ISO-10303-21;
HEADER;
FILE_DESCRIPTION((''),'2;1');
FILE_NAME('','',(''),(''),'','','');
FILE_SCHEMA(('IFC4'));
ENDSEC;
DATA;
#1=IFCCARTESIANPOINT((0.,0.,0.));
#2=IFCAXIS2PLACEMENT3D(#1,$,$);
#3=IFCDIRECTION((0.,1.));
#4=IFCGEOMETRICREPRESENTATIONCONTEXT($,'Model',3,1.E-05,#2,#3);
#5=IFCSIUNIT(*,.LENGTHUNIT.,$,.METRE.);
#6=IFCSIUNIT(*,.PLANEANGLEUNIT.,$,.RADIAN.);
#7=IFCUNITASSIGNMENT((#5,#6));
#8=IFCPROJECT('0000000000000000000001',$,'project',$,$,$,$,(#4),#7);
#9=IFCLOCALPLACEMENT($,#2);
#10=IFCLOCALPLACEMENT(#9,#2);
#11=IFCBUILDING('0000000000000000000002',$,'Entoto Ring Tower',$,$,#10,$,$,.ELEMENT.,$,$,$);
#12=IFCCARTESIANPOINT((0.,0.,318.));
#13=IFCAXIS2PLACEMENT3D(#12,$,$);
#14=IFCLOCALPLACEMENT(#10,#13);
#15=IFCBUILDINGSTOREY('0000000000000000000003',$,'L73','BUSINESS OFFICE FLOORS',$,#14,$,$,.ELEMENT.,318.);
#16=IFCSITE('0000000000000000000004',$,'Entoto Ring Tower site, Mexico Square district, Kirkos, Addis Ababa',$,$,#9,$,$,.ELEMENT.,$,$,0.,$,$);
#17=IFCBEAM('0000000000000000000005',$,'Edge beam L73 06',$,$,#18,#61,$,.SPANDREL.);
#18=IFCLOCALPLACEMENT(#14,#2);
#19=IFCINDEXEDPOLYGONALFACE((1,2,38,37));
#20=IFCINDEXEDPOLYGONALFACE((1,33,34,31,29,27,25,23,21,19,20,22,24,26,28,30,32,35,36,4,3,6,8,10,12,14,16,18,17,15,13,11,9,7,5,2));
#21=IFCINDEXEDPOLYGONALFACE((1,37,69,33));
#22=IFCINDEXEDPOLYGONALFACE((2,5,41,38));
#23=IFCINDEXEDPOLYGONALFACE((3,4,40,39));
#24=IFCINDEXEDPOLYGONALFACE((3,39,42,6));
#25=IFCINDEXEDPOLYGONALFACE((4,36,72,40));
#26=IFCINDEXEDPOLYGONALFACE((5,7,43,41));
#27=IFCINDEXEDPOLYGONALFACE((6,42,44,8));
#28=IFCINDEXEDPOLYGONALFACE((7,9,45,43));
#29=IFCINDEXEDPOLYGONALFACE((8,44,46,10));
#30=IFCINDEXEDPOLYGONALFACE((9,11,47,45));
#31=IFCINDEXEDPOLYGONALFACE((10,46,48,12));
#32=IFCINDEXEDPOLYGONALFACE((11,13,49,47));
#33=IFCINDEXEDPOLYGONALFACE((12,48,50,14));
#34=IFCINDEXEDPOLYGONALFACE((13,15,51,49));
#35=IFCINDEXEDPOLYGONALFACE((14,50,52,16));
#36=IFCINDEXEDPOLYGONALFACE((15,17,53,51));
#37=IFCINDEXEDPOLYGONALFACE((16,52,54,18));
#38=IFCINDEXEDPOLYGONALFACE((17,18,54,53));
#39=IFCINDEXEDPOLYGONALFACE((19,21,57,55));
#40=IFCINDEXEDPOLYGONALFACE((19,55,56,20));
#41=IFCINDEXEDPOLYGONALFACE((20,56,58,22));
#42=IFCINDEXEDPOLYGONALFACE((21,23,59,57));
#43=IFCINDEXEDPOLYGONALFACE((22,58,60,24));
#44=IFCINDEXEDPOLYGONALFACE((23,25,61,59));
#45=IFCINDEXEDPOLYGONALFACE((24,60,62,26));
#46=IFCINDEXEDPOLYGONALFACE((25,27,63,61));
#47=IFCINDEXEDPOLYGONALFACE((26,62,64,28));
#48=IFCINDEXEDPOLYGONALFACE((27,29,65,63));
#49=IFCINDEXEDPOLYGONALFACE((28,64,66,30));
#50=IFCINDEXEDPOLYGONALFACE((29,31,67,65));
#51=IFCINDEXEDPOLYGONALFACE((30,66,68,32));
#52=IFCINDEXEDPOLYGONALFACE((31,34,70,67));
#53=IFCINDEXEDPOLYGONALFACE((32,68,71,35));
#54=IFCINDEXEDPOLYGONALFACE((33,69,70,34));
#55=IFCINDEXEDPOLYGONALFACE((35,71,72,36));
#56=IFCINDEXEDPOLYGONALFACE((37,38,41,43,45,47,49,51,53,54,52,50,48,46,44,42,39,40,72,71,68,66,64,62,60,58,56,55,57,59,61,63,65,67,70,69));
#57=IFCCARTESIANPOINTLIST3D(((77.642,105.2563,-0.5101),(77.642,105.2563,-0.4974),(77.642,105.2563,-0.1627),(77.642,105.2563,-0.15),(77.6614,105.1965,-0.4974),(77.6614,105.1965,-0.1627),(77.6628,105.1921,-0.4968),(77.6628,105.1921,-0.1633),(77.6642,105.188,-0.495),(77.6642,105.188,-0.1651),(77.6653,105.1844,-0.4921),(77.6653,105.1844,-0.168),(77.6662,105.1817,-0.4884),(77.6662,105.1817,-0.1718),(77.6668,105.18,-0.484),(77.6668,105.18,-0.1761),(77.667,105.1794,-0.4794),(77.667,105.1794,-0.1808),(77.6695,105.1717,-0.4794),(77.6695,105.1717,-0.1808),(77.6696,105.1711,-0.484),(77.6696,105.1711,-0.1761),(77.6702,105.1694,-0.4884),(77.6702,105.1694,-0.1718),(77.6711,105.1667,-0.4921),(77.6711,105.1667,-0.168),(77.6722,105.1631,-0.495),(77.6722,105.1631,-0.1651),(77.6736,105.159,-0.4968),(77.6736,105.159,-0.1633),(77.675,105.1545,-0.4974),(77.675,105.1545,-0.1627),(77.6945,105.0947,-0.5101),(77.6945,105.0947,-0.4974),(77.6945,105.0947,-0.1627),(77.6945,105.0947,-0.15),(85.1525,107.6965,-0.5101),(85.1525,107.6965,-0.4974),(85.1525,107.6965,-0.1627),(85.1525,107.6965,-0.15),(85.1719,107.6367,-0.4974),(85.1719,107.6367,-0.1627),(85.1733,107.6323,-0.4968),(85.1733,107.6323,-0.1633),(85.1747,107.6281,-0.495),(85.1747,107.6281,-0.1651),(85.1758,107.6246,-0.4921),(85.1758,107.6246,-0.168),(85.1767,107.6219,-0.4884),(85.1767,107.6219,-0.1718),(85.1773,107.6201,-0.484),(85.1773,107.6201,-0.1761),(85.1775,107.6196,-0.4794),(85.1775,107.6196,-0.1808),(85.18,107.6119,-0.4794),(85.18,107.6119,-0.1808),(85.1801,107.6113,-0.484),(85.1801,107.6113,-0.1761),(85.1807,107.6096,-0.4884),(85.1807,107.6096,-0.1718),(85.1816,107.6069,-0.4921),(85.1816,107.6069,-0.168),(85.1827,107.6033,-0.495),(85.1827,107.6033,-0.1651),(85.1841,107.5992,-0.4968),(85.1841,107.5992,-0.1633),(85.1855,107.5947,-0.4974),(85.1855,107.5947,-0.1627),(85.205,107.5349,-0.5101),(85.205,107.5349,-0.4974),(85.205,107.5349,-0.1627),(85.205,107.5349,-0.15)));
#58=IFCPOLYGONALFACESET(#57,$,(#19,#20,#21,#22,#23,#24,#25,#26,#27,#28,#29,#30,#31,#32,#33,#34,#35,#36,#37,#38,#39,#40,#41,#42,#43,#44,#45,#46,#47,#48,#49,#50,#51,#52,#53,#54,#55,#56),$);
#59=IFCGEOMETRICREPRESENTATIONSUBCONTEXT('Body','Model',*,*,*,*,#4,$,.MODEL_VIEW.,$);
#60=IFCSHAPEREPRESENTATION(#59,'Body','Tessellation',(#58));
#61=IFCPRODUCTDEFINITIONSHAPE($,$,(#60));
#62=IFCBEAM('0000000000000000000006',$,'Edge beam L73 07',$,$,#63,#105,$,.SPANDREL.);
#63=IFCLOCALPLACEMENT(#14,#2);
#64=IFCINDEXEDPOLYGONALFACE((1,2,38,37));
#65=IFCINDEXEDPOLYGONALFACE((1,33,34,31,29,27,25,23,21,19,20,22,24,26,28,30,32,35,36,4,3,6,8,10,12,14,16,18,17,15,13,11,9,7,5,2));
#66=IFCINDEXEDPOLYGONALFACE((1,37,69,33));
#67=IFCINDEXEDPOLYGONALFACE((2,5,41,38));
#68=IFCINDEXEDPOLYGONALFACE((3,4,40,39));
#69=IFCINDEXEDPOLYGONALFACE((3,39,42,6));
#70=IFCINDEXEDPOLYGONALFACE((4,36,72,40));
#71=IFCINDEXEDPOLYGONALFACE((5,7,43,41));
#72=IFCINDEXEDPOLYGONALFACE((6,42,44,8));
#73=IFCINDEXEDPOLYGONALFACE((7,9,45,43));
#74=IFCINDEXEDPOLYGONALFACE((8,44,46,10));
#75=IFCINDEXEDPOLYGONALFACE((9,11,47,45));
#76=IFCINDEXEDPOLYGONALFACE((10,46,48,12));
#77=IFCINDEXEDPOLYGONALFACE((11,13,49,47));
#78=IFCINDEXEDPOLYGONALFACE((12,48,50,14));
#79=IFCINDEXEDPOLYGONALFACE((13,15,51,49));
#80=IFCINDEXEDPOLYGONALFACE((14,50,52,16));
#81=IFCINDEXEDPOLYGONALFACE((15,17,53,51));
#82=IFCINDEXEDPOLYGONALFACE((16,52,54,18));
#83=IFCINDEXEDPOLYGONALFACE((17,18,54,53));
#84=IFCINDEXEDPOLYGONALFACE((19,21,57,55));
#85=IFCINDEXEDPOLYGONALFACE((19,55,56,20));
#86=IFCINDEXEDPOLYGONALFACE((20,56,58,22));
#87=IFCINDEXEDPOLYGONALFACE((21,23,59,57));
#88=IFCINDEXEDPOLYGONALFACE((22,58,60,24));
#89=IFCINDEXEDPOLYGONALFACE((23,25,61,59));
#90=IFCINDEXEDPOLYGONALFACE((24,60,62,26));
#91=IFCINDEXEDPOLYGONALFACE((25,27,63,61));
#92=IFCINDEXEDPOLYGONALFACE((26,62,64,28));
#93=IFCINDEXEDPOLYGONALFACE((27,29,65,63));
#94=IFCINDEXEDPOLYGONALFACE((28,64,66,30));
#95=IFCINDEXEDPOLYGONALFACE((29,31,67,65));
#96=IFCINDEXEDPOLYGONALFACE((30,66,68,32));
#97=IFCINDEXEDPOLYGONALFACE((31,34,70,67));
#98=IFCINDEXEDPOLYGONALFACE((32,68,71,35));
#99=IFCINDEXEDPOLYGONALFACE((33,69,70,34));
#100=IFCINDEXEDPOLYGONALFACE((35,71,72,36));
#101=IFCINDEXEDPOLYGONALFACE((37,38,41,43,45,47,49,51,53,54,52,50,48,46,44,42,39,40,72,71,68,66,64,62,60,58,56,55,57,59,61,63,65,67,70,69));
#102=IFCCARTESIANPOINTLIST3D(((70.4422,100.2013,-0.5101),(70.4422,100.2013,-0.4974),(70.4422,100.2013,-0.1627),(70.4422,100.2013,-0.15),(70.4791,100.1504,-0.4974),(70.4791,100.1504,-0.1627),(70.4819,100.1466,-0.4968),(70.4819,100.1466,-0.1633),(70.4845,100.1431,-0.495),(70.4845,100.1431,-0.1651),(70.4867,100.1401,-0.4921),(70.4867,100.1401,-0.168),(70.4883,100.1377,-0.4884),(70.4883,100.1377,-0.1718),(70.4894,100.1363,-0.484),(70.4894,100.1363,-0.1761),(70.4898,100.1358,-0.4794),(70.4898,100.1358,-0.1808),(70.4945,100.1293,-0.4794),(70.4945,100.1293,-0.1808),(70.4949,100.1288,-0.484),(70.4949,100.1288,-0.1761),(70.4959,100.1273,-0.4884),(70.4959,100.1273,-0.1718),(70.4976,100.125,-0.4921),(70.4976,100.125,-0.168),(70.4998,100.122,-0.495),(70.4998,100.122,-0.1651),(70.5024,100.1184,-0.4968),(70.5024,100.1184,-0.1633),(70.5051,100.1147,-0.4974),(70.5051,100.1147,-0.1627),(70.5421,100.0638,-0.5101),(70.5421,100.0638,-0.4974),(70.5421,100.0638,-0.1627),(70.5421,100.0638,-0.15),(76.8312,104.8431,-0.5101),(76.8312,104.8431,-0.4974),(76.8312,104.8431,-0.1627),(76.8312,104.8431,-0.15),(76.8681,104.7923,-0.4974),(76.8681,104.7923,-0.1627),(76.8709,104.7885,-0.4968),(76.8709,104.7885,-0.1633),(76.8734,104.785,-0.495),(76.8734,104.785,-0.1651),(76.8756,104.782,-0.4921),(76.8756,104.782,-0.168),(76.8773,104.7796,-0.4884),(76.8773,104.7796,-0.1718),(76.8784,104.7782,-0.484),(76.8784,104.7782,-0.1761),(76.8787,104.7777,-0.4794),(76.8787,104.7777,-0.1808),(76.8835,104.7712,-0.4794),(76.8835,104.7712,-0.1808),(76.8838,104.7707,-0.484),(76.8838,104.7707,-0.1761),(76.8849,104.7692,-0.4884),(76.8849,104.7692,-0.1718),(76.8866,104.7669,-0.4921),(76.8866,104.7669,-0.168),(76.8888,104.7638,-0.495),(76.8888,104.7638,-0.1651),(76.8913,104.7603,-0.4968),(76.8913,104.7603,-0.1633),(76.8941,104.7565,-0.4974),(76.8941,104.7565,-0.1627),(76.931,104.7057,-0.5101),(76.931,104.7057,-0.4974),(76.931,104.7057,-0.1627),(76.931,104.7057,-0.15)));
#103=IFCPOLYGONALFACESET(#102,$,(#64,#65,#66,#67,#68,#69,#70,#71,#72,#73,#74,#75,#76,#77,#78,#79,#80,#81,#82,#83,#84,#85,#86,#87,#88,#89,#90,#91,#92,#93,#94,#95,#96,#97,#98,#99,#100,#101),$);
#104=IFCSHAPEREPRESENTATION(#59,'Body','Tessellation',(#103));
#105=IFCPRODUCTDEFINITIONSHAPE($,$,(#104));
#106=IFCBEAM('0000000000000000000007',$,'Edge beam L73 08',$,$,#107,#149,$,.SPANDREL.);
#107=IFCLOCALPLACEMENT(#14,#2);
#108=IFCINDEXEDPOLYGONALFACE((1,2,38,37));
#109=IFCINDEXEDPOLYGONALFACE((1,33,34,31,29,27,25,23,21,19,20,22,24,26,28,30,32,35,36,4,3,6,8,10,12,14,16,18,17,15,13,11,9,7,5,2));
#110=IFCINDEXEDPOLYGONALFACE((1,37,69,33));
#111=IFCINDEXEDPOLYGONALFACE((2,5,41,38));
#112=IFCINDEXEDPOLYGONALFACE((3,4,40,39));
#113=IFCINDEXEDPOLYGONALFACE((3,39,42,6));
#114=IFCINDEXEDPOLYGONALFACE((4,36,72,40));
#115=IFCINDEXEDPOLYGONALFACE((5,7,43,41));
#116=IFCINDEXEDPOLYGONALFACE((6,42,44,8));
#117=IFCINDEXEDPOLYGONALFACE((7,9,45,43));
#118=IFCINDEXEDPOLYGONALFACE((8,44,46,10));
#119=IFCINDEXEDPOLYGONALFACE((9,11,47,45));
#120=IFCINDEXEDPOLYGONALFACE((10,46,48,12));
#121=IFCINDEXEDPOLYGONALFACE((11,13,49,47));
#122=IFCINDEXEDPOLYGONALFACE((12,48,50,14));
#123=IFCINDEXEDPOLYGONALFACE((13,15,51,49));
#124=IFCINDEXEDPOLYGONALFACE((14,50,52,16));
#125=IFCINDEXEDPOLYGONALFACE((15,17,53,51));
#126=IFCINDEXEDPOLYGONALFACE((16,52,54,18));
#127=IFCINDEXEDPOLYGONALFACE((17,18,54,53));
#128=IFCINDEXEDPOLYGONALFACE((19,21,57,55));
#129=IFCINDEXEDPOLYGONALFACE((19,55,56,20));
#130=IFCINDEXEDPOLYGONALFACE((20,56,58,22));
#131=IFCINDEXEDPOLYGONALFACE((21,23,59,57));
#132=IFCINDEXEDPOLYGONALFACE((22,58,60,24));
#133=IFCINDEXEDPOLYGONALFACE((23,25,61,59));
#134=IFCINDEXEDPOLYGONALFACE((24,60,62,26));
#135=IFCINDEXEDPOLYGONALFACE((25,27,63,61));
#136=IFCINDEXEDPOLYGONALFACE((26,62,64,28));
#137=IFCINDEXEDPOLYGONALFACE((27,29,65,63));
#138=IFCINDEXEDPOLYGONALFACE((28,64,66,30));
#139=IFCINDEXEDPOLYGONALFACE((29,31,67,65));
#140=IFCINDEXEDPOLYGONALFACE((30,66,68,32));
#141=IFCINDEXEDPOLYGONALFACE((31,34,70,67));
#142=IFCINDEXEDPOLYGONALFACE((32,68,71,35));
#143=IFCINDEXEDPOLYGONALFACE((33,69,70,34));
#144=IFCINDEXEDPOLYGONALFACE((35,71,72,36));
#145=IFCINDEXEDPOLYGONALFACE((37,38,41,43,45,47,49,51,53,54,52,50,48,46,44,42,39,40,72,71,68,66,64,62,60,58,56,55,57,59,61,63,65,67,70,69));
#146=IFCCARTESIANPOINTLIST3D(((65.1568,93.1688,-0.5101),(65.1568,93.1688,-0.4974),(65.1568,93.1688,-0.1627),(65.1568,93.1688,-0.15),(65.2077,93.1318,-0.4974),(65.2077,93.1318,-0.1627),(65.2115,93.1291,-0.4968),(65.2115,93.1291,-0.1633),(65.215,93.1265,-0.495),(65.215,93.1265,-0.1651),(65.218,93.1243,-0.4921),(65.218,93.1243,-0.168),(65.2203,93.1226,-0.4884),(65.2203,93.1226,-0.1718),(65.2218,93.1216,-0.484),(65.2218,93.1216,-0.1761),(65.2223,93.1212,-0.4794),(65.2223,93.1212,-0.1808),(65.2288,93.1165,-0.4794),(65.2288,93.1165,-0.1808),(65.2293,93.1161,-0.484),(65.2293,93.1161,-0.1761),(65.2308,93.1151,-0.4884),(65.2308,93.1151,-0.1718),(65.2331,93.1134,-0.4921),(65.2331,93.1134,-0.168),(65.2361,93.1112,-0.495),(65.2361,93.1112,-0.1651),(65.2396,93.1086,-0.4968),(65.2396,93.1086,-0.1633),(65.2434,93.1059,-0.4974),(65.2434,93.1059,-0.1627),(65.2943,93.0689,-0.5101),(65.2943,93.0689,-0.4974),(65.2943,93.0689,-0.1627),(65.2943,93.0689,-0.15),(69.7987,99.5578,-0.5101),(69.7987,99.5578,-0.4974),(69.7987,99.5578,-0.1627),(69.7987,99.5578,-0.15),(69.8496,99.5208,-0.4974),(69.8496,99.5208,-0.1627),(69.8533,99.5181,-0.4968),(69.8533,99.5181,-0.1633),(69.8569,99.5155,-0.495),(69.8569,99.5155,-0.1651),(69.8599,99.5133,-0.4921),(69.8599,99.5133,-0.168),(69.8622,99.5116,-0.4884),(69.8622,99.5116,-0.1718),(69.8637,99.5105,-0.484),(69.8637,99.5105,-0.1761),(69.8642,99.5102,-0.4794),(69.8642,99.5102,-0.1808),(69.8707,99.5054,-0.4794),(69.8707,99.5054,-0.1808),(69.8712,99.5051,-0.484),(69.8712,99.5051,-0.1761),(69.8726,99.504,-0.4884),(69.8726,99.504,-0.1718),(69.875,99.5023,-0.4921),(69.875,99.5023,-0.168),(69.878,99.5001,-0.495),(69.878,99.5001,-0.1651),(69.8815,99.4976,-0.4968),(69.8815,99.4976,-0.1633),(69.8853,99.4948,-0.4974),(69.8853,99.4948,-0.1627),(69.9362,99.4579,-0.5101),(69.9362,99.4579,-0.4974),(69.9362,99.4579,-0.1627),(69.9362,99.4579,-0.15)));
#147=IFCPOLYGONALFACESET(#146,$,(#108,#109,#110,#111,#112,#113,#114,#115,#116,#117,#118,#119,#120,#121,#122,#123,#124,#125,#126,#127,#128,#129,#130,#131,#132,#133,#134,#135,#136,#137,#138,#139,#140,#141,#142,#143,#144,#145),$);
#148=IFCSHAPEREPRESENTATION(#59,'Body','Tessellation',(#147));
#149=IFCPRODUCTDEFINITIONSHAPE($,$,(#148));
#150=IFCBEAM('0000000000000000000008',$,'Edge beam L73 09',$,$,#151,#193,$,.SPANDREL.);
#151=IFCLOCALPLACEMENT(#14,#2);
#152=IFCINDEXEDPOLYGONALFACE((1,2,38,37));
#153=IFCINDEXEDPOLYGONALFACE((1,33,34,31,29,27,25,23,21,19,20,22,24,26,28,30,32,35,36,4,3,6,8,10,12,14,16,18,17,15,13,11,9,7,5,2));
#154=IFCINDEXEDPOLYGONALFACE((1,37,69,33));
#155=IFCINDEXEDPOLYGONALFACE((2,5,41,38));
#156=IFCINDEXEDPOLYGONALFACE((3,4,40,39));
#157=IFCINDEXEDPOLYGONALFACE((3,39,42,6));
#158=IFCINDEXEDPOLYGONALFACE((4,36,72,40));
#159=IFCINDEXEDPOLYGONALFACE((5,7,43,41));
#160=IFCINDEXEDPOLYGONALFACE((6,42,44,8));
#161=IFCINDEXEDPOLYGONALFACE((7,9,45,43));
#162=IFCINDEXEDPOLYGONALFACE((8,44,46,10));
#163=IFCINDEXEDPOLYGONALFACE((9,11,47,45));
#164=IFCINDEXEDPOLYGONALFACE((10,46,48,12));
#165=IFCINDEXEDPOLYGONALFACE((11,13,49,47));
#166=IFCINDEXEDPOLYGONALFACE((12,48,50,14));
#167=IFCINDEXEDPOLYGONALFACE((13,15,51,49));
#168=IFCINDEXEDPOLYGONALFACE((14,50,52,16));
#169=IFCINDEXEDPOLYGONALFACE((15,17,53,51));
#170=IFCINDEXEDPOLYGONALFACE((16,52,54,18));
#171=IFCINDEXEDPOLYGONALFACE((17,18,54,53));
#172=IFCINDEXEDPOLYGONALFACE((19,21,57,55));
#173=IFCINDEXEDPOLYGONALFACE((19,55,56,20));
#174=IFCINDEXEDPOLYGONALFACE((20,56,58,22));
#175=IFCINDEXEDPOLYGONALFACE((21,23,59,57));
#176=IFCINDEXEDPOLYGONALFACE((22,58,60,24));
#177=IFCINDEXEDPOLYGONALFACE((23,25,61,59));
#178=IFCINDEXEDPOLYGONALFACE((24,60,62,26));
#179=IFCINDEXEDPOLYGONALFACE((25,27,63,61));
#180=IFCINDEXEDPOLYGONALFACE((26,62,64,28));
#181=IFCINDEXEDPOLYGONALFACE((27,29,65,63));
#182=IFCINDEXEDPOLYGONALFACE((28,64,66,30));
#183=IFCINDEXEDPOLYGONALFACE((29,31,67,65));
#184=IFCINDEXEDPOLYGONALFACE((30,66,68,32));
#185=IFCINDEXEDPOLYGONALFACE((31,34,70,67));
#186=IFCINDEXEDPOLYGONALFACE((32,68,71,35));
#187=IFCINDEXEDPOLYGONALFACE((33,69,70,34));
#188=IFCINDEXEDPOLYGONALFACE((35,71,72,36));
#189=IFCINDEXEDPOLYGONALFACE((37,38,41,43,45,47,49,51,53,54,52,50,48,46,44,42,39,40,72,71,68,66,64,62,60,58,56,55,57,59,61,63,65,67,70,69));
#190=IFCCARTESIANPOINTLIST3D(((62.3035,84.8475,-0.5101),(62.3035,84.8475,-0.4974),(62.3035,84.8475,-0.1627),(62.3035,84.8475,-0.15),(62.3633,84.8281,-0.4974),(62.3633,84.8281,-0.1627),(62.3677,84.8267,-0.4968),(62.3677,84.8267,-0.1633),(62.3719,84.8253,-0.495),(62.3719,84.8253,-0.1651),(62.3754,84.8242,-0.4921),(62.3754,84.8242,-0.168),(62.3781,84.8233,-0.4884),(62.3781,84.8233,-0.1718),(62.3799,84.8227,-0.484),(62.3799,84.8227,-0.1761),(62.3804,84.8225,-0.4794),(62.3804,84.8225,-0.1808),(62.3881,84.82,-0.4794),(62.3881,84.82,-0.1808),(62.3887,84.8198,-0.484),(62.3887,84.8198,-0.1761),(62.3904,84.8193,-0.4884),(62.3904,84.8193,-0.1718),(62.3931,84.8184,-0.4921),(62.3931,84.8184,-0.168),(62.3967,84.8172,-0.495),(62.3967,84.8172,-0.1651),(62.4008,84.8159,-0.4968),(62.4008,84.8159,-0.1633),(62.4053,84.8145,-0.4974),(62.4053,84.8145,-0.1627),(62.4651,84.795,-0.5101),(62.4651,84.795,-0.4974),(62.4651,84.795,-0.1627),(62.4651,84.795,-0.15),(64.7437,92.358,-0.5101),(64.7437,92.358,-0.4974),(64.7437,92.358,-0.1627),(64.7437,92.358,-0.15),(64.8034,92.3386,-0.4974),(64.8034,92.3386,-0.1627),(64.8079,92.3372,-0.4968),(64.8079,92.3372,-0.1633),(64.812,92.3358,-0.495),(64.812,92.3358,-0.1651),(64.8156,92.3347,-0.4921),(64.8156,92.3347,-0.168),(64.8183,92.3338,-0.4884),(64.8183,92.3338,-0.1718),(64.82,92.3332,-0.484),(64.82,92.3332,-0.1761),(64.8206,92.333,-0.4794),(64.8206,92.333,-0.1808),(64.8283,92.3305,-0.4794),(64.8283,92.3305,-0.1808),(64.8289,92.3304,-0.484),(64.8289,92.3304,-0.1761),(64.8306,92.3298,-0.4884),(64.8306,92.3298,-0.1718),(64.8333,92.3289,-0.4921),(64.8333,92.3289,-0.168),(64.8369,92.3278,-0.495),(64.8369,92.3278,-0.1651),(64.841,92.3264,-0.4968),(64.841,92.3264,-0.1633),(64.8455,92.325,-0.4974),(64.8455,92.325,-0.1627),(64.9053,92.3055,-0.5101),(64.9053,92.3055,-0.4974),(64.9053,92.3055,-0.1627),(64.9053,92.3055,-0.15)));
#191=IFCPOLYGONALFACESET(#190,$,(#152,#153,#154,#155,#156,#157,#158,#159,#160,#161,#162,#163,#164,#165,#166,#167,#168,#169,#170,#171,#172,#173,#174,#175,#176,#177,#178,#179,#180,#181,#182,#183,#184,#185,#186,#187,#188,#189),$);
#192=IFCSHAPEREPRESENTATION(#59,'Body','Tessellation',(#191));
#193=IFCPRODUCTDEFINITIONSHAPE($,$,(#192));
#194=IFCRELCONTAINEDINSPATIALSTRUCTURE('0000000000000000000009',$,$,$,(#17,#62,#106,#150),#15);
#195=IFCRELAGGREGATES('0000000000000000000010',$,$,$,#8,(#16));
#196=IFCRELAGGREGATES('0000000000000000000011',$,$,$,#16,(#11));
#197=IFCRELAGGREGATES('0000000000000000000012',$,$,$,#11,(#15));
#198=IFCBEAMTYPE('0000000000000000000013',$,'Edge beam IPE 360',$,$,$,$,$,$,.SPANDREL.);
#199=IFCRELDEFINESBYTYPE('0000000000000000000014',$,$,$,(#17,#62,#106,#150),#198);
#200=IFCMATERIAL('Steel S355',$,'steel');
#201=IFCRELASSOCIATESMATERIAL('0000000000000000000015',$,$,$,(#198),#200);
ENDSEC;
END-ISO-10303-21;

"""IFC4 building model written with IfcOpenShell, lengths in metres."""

from ifc_helpers import new_model, si_unit, direction, frame, origin, origin_2d, place, context, subcontext, project, spatial, i_section, extrude, material, material_profile, profile_set, type_object, element, save


model = new_model("IFC4")

# Units and contexts
model_context = context("Model", 3, precision=1e-05, world=origin(), true_north=direction((0.0, 1.0)))
body_context = subcontext(model_context, "Body", "Model", "MODEL_VIEW")
ifc_project = project(units=[si_unit("LENGTHUNIT", "METRE"), si_unit("PLANEANGLEUNIT", "RADIAN")], contexts=[model_context])

# Site, building, storey
site_placement = place(None, origin())
site = spatial("IfcSite", under=ifc_project, at=site_placement, Name="Entoto Ring Tower site, Mexico Square district, Kirkos, Addis Ababa", CompositionType="ELEMENT", RefElevation=0.0)
building_placement = place(site_placement, origin())
building = spatial("IfcBuilding", under=site, at=building_placement, Name="Entoto Ring Tower", CompositionType="ELEMENT")
storey_placement = place(building_placement, frame((0.0, 0.0, 318.0)))
storey = spatial("IfcBuildingStorey", under=building, at=storey_placement, Name="L73", Description="BUSINESS OFFICE FLOORS", CompositionType="ELEMENT", Elevation=318.0)

# Beams
ifc_material_1 = material(Name="Steel S355", Category="steel")
ifc_material_profile_1 = material_profile(ifc_material_1, i_section(OverallWidth=0.1699, OverallDepth=0.3601, WebThickness=0.0081, FlangeThickness=0.0127, FilletRadius=0.0181, at=origin_2d()), Name="IPE 360")
ifc_profile_set_1 = profile_set([ifc_material_profile_1], Name="Steel S355")
beam_type_1 = type_object("IfcBeamType", Name="Edge beam IPE 360", PredefinedType="SPANDREL", material=ifc_profile_set_1)
beam_1_placement = place(storey_placement, frame((85.1787, 107.6157, -0.3301), z_axis=(-0.951061, -0.309003, 0.0), x_axis=(0.309003, -0.951061, 0.0)))
element("IfcBeam", 1, at=beam_1_placement, inside=storey, type_object=beam_type_1, Name="Edge beam L73 06", PredefinedType="SPANDREL", context=body_context, shape_type="SweptSolid", body=[
    extrude(i_section(OverallWidth=0.1699, OverallDepth=0.3601, WebThickness=0.0081, FlangeThickness=0.0127, FilletRadius=0.0181, at=origin_2d()), origin(), (0.0, 0.0, 1.0), 7.897),
])
for number, where, z_axis, x_axis, name in (
    (2, (76.8811, 104.7744, -0.3301), (-0.809015, -0.587787, 0.0), (0.587787, -0.809015, 0.0), "Edge beam L73 07"),
    (3, (69.8674, 99.5078, -0.3301), (-0.587787, -0.809015, 0.0), (0.809015, -0.587787, 0.0), "Edge beam L73 08"),
):
    element("IfcBeam", number, at=place(storey_placement, frame(where, z_axis=z_axis, x_axis=x_axis)), inside=storey, type_object=beam_type_1, Name=name, PredefinedType="SPANDREL", context=body_context, shape_type="SweptSolid", body=[
        extrude(i_section(OverallWidth=0.1699, OverallDepth=0.3601, WebThickness=0.0081, FlangeThickness=0.0127, FilletRadius=0.0181, at=origin_2d()), origin(), (0.0, 0.0, 1.0), 7.8972),
    ])
beam_2_placement = place(storey_placement, frame((64.8245, 92.3318, -0.3301), z_axis=(-0.309003, -0.951061, 0.0), x_axis=(0.951061, -0.309003, 0.0)))
element("IfcBeam", 4, at=beam_2_placement, inside=storey, type_object=beam_type_1, Name="Edge beam L73 09", PredefinedType="SPANDREL", context=body_context, shape_type="SweptSolid", body=[
    extrude(i_section(OverallWidth=0.1699, OverallDepth=0.3601, WebThickness=0.0081, FlangeThickness=0.0127, FilletRadius=0.0181, at=origin_2d()), origin(), (0.0, 0.0, 1.0), 7.897),
])

save(model, "model.ifc")
